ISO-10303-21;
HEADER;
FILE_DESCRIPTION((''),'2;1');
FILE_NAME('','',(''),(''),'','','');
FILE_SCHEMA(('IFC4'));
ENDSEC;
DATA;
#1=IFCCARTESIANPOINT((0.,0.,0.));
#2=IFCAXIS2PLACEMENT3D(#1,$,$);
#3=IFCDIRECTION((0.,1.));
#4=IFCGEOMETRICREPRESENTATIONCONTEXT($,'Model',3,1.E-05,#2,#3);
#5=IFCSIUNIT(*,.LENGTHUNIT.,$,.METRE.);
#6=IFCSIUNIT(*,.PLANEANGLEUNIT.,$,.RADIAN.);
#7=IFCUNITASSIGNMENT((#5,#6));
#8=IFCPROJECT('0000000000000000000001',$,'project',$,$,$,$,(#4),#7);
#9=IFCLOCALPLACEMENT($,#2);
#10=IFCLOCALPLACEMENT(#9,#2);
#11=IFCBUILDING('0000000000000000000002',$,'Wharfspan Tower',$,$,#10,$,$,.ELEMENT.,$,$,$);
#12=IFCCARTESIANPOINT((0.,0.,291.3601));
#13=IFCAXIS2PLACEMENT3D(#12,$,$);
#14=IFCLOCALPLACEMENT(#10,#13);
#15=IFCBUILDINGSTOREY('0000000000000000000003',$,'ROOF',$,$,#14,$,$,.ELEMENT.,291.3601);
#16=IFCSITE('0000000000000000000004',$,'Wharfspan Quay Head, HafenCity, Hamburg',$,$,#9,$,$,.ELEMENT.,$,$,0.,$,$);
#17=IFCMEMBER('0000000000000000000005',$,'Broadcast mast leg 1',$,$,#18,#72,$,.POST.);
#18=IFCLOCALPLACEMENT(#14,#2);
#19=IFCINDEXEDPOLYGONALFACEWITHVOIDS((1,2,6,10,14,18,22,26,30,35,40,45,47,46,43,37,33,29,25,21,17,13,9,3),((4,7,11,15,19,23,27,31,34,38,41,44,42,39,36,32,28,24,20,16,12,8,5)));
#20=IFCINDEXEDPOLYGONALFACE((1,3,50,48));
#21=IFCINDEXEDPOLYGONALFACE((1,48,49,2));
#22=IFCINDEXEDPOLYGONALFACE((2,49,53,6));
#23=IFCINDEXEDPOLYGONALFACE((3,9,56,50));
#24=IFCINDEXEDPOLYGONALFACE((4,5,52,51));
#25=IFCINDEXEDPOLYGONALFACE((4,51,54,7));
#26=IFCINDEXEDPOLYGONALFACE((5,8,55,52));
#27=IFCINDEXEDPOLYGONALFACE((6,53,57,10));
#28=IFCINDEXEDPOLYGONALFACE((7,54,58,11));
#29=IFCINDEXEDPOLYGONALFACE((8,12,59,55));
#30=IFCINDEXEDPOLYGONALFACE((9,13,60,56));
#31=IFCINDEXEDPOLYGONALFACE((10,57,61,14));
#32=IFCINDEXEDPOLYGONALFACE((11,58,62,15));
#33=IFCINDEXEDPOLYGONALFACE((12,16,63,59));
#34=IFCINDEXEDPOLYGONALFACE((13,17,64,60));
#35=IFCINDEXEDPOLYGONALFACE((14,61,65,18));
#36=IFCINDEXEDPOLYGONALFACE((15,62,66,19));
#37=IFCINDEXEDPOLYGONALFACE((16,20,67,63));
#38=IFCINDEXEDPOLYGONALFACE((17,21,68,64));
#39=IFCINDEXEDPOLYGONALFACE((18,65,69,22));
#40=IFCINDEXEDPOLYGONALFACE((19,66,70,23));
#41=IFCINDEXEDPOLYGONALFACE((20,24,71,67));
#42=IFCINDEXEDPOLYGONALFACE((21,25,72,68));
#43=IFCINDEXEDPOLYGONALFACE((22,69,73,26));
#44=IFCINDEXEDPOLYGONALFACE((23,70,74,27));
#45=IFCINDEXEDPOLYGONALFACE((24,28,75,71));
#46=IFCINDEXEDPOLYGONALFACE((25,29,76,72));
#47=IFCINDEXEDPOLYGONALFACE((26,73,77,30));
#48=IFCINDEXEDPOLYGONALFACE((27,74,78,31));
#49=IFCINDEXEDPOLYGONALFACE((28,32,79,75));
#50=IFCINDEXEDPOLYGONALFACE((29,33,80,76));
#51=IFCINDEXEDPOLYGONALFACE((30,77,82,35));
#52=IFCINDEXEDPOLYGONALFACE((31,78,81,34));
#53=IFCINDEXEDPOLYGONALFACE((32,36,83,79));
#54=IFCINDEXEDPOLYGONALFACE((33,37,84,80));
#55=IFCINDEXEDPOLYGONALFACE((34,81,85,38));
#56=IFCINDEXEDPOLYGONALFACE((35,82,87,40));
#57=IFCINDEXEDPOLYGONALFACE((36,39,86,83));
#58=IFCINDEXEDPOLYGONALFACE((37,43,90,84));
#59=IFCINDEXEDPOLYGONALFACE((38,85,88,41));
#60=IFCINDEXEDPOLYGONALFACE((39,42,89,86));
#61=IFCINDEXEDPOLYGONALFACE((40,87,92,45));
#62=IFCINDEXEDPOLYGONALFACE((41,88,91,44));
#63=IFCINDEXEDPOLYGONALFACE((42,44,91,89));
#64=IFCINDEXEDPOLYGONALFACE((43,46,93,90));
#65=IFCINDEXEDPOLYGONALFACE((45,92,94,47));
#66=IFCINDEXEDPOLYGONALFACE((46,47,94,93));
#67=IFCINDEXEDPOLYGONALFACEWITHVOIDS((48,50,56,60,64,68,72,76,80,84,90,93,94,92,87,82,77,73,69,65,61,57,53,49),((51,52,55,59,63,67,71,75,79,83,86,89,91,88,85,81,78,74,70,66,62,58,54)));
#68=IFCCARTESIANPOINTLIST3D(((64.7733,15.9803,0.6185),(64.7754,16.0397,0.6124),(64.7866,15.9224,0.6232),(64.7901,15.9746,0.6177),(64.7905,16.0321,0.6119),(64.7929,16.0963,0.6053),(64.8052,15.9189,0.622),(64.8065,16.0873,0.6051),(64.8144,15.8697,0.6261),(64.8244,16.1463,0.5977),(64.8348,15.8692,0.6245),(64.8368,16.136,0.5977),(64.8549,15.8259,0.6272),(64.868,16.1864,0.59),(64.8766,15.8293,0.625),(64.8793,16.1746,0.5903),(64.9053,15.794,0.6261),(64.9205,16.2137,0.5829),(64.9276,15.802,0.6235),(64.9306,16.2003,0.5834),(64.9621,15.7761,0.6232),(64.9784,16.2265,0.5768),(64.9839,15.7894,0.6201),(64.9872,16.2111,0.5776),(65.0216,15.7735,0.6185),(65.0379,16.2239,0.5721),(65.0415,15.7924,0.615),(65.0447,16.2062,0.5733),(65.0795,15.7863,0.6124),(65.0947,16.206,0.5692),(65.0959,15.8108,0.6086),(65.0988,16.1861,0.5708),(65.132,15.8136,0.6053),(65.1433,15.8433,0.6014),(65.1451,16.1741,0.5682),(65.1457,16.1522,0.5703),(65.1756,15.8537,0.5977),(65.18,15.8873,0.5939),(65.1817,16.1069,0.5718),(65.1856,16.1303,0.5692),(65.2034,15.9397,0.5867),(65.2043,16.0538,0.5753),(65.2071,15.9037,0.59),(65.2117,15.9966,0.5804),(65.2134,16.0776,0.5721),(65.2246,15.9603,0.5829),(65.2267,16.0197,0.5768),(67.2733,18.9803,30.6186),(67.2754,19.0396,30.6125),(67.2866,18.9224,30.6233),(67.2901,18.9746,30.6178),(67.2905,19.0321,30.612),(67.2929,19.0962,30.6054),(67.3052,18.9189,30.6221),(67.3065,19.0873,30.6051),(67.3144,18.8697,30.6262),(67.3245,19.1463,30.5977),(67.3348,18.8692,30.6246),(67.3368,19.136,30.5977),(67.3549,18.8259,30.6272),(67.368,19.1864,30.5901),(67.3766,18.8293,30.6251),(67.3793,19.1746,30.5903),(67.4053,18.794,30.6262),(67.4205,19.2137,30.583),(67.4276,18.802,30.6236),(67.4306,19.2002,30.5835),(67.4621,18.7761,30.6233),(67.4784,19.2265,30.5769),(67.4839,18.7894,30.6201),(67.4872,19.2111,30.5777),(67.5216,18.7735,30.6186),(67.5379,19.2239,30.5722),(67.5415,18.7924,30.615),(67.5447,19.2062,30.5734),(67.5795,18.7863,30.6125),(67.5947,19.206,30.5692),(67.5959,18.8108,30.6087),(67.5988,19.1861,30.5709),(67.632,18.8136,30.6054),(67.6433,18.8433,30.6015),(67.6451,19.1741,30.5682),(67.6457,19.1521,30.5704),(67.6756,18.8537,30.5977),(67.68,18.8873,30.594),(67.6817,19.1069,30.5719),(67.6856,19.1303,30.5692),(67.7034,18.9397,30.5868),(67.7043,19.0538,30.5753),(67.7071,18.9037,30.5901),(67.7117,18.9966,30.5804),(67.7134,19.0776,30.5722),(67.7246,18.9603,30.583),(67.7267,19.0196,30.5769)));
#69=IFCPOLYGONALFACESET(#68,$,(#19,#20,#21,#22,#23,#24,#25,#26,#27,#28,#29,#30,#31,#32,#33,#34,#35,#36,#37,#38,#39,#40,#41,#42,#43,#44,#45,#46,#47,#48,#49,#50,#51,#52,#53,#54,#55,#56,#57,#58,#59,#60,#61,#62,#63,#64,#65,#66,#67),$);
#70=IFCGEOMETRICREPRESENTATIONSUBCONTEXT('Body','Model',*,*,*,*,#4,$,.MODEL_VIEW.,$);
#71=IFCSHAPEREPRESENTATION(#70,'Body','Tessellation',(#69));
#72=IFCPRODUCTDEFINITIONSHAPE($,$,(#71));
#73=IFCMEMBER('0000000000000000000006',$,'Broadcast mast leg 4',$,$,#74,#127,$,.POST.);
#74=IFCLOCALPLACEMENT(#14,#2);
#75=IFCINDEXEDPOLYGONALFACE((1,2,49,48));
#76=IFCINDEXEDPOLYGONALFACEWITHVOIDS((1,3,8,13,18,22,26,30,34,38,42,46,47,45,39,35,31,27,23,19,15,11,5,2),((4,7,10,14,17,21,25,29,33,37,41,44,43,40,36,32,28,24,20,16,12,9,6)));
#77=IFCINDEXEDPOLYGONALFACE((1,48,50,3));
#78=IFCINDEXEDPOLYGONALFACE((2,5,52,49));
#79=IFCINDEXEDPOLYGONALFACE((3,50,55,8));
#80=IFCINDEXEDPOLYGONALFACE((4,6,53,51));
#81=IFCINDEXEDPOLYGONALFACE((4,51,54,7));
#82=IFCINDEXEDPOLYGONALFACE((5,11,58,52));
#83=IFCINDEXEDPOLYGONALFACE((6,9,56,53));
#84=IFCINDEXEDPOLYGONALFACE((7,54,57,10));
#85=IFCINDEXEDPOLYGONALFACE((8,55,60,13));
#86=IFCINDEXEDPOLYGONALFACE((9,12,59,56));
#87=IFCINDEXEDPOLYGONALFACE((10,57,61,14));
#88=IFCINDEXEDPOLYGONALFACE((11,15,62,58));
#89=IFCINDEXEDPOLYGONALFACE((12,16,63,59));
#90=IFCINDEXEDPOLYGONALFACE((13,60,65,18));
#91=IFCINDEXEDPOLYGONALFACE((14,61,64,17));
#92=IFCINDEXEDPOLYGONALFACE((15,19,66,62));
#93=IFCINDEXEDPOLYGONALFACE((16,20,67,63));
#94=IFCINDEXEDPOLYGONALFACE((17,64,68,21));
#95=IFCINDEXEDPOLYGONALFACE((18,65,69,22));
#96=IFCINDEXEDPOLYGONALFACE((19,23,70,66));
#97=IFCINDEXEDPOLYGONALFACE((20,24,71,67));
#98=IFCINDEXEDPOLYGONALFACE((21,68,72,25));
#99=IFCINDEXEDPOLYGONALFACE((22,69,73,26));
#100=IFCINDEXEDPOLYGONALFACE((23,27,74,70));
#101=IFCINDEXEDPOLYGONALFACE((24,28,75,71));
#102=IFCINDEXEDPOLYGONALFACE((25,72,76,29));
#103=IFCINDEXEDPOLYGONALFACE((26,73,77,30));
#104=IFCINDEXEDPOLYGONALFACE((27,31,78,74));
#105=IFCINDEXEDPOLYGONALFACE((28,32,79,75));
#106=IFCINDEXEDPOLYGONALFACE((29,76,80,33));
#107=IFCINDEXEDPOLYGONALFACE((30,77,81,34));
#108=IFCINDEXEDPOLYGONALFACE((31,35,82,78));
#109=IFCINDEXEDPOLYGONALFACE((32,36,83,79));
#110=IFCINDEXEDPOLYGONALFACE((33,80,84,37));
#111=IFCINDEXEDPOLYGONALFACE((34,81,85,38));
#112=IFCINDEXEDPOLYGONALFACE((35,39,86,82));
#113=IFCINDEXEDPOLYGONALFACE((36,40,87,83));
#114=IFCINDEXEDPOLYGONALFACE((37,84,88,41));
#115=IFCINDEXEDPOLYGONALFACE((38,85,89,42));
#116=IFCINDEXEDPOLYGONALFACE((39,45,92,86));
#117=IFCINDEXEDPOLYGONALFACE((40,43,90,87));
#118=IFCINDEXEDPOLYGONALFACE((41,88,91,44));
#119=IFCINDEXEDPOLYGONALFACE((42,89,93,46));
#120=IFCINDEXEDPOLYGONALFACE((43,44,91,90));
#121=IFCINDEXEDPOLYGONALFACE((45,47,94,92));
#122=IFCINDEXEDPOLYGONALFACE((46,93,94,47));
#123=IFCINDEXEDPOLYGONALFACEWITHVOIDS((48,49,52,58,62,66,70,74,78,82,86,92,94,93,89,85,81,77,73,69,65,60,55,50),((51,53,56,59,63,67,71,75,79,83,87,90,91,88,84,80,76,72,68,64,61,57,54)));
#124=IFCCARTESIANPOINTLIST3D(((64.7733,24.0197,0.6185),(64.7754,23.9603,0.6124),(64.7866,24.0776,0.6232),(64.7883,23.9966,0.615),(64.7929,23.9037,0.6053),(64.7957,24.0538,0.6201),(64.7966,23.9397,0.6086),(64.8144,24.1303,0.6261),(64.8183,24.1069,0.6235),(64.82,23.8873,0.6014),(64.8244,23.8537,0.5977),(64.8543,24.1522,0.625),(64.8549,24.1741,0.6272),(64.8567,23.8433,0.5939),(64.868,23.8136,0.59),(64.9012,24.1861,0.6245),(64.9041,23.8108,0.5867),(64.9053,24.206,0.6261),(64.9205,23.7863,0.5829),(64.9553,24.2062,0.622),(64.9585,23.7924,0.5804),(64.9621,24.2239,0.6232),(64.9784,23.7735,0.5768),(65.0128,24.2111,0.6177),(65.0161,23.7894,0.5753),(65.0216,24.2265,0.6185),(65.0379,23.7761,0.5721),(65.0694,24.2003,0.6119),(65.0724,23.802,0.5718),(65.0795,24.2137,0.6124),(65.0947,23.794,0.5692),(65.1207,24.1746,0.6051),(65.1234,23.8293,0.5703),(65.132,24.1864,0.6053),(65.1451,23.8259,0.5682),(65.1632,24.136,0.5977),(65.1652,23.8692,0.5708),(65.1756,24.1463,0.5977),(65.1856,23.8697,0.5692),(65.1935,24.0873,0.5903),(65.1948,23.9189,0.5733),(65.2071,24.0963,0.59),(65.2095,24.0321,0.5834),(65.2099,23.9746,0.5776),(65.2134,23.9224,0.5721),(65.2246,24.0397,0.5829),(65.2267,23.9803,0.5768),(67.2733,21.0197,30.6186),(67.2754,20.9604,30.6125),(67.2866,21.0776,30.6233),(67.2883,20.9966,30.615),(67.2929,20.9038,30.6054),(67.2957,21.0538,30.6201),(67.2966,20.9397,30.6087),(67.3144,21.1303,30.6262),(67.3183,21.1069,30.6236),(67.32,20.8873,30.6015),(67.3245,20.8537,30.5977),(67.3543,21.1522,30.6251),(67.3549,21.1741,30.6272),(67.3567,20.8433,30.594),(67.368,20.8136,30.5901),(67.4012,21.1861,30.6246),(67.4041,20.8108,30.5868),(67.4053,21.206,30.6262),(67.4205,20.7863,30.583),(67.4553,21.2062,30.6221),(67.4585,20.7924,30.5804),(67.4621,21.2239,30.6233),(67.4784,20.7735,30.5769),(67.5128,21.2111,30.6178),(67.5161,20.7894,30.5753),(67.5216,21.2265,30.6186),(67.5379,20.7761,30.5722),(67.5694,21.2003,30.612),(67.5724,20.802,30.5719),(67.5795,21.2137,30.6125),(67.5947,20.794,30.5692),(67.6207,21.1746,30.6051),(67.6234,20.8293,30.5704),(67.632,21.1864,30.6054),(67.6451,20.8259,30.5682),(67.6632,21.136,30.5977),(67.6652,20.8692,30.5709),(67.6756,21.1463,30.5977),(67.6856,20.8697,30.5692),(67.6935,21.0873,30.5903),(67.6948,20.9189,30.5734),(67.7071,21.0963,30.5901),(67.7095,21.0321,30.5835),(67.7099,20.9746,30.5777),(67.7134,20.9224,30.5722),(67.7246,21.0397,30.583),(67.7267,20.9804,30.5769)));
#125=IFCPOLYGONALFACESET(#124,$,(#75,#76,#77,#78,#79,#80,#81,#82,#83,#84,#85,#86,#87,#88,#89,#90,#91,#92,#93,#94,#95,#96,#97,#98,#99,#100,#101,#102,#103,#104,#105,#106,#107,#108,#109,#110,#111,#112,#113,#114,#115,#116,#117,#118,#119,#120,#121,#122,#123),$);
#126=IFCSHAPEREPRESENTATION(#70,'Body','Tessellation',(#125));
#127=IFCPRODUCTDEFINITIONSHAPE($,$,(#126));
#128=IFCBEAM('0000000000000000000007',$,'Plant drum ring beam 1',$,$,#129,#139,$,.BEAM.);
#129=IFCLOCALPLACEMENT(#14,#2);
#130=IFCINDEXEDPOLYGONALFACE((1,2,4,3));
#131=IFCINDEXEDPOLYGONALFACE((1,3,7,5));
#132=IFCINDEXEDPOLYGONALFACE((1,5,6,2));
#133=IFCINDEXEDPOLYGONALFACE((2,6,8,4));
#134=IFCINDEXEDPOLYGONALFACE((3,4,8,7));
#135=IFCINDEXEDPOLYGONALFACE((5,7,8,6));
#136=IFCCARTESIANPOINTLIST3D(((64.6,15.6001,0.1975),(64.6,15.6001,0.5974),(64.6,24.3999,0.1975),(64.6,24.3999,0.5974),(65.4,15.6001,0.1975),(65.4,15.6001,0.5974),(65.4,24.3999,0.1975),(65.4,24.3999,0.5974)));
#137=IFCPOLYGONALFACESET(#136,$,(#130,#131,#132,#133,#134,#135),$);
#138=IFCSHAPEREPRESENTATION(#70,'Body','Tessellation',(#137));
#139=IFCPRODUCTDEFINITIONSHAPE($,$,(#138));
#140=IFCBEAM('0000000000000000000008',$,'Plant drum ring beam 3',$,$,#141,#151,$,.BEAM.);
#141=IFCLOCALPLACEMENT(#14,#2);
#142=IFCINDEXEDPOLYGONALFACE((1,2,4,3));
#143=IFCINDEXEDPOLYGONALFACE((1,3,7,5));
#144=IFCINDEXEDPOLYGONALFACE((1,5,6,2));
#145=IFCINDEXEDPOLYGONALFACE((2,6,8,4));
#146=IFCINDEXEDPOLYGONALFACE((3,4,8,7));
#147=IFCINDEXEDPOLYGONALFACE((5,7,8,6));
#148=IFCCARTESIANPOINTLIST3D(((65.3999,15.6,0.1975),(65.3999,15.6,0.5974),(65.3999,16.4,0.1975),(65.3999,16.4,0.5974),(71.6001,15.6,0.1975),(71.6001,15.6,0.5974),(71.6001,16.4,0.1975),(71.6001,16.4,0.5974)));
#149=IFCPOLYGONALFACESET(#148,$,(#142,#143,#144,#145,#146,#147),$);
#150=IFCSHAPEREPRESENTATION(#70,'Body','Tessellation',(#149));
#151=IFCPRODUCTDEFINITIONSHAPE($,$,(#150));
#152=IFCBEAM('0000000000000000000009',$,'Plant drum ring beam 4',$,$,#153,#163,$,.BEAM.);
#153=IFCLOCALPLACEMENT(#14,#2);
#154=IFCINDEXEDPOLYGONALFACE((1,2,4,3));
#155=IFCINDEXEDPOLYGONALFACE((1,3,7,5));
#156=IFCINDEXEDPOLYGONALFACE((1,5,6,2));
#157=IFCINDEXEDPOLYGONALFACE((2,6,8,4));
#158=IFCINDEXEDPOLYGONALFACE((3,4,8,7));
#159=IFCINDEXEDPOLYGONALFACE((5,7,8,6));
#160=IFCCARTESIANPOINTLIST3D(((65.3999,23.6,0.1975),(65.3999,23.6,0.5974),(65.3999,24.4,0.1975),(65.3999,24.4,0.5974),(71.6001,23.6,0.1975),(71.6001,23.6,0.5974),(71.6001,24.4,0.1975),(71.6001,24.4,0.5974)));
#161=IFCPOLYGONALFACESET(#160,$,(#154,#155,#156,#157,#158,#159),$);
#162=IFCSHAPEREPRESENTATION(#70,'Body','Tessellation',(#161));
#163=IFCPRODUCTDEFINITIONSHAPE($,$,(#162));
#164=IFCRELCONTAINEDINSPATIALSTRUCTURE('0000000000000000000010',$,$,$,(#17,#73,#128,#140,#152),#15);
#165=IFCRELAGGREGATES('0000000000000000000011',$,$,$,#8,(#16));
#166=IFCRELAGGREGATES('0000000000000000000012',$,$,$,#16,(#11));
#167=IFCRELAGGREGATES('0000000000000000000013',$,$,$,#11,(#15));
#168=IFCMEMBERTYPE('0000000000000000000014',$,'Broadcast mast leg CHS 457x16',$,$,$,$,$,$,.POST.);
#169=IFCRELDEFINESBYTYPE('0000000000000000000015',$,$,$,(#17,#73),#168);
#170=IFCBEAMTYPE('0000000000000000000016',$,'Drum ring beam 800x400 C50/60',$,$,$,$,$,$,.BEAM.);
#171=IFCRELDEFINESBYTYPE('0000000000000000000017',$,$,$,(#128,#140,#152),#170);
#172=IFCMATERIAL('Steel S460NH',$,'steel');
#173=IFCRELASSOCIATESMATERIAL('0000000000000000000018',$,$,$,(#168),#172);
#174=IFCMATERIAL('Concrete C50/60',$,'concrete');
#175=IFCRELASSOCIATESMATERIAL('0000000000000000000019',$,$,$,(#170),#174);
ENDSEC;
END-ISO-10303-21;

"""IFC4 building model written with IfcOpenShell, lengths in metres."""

from ifc_helpers import new_model, si_unit, direction, frame, origin, origin_2d, place, context, subcontext, project, spatial, rectangle, hollow_circle, extrude, material, material_profile, profile_set, type_object, element, save


model = new_model("IFC4")

# Units and contexts
model_context = context("Model", 3, precision=1e-05, world=origin(), true_north=direction((0.0, 1.0)))
body_context = subcontext(model_context, "Body", "Model", "MODEL_VIEW")
ifc_project = project(units=[si_unit("LENGTHUNIT", "METRE"), si_unit("PLANEANGLEUNIT", "RADIAN")], contexts=[model_context])

# Site, building, storey
site_placement = place(None, origin())
site = spatial("IfcSite", under=ifc_project, at=site_placement, Name="Wharfspan Quay Head, HafenCity, Hamburg", CompositionType="ELEMENT", RefElevation=0.0)
building_placement = place(site_placement, origin())
building = spatial("IfcBuilding", under=site, at=building_placement, Name="Wharfspan Tower", CompositionType="ELEMENT")
storey_placement = place(building_placement, frame((0.0, 0.0, 291.3601)))
storey = spatial("IfcBuildingStorey", under=building, at=storey_placement, Name="ROOF", CompositionType="ELEMENT", Elevation=291.3601)

# Members
ifc_material_1 = material(Name="Steel S460NH", Category="steel")
ifc_material_profile_1 = material_profile(ifc_material_1, hollow_circle(Radius=0.2285, WallThickness=0.0161, at=origin_2d()))
ifc_profile_set_1 = profile_set([ifc_material_profile_1], Name="Steel S460NH")
member_type_1 = type_object("IfcMemberType", Name="Broadcast mast leg CHS 457x16", PredefinedType="POST", material=ifc_profile_set_1)
for number, where, z_axis, x_axis, name in (
    (1, (65.0, 16.0, 0.5977), (0.082636, 0.099163, 0.991634), (-0.768218, 0.640183, 0.0), "Broadcast mast leg 1"),
    (2, (65.0, 24.0, 0.5977), (0.082636, -0.099163, 0.991634), (0.768218, 0.640183, 0.0), "Broadcast mast leg 4"),
):
    element("IfcMember", number, at=place(storey_placement, frame(where, z_axis=z_axis, x_axis=x_axis)), inside=storey, type_object=member_type_1, Name=name, PredefinedType="POST", context=body_context, shape_type="SweptSolid", body=[
        extrude(hollow_circle(Radius=0.2285, WallThickness=0.0161, at=origin_2d()), origin(), (0.0, 0.0, 1.0), 30.2532),
    ])

# Beams
ifc_material_2 = material(Name="Concrete C50/60", Category="concrete")
ifc_material_profile_2 = material_profile(ifc_material_2, rectangle(XDim=0.8, YDim=0.3999, at=origin_2d()))
ifc_profile_set_2 = profile_set([ifc_material_profile_2], Name="Concrete C50/60")
beam_type_1 = type_object("IfcBeamType", Name="Drum ring beam 800x400 C50/60", PredefinedType="BEAM", material=ifc_profile_set_2)
beam_1_placement = place(storey_placement, frame((65.0, 15.6001, 0.3975), z_axis=(0.0, 1.0, 0.0), x_axis=(-1.0, 0.0, 0.0)))
element("IfcBeam", 3, at=beam_1_placement, inside=storey, type_object=beam_type_1, Name="Plant drum ring beam 1", PredefinedType="BEAM", context=body_context, shape_type="SweptSolid", body=[
    extrude(rectangle(XDim=0.8, YDim=0.3999, at=origin_2d()), origin(), (0.0, 0.0, 1.0), 8.7998),
])
for number, where, z_axis, x_axis, name in (
    (4, (65.3999, 16.0, 0.3975), (1.0, 0.0, 0.0), (0.0, 1.0, 0.0), "Plant drum ring beam 3"),
    (5, (65.3999, 24.0, 0.3975), (1.0, 0.0, 0.0), (0.0, 1.0, 0.0), "Plant drum ring beam 4"),
):
    element("IfcBeam", number, at=place(storey_placement, frame(where, z_axis=z_axis, x_axis=x_axis)), inside=storey, type_object=beam_type_1, Name=name, PredefinedType="BEAM", context=body_context, shape_type="SweptSolid", body=[
        extrude(rectangle(XDim=0.8, YDim=0.3999, at=origin_2d()), origin(), (0.0, 0.0, 1.0), 6.2002),
    ])

save(model, "model.ifc")
